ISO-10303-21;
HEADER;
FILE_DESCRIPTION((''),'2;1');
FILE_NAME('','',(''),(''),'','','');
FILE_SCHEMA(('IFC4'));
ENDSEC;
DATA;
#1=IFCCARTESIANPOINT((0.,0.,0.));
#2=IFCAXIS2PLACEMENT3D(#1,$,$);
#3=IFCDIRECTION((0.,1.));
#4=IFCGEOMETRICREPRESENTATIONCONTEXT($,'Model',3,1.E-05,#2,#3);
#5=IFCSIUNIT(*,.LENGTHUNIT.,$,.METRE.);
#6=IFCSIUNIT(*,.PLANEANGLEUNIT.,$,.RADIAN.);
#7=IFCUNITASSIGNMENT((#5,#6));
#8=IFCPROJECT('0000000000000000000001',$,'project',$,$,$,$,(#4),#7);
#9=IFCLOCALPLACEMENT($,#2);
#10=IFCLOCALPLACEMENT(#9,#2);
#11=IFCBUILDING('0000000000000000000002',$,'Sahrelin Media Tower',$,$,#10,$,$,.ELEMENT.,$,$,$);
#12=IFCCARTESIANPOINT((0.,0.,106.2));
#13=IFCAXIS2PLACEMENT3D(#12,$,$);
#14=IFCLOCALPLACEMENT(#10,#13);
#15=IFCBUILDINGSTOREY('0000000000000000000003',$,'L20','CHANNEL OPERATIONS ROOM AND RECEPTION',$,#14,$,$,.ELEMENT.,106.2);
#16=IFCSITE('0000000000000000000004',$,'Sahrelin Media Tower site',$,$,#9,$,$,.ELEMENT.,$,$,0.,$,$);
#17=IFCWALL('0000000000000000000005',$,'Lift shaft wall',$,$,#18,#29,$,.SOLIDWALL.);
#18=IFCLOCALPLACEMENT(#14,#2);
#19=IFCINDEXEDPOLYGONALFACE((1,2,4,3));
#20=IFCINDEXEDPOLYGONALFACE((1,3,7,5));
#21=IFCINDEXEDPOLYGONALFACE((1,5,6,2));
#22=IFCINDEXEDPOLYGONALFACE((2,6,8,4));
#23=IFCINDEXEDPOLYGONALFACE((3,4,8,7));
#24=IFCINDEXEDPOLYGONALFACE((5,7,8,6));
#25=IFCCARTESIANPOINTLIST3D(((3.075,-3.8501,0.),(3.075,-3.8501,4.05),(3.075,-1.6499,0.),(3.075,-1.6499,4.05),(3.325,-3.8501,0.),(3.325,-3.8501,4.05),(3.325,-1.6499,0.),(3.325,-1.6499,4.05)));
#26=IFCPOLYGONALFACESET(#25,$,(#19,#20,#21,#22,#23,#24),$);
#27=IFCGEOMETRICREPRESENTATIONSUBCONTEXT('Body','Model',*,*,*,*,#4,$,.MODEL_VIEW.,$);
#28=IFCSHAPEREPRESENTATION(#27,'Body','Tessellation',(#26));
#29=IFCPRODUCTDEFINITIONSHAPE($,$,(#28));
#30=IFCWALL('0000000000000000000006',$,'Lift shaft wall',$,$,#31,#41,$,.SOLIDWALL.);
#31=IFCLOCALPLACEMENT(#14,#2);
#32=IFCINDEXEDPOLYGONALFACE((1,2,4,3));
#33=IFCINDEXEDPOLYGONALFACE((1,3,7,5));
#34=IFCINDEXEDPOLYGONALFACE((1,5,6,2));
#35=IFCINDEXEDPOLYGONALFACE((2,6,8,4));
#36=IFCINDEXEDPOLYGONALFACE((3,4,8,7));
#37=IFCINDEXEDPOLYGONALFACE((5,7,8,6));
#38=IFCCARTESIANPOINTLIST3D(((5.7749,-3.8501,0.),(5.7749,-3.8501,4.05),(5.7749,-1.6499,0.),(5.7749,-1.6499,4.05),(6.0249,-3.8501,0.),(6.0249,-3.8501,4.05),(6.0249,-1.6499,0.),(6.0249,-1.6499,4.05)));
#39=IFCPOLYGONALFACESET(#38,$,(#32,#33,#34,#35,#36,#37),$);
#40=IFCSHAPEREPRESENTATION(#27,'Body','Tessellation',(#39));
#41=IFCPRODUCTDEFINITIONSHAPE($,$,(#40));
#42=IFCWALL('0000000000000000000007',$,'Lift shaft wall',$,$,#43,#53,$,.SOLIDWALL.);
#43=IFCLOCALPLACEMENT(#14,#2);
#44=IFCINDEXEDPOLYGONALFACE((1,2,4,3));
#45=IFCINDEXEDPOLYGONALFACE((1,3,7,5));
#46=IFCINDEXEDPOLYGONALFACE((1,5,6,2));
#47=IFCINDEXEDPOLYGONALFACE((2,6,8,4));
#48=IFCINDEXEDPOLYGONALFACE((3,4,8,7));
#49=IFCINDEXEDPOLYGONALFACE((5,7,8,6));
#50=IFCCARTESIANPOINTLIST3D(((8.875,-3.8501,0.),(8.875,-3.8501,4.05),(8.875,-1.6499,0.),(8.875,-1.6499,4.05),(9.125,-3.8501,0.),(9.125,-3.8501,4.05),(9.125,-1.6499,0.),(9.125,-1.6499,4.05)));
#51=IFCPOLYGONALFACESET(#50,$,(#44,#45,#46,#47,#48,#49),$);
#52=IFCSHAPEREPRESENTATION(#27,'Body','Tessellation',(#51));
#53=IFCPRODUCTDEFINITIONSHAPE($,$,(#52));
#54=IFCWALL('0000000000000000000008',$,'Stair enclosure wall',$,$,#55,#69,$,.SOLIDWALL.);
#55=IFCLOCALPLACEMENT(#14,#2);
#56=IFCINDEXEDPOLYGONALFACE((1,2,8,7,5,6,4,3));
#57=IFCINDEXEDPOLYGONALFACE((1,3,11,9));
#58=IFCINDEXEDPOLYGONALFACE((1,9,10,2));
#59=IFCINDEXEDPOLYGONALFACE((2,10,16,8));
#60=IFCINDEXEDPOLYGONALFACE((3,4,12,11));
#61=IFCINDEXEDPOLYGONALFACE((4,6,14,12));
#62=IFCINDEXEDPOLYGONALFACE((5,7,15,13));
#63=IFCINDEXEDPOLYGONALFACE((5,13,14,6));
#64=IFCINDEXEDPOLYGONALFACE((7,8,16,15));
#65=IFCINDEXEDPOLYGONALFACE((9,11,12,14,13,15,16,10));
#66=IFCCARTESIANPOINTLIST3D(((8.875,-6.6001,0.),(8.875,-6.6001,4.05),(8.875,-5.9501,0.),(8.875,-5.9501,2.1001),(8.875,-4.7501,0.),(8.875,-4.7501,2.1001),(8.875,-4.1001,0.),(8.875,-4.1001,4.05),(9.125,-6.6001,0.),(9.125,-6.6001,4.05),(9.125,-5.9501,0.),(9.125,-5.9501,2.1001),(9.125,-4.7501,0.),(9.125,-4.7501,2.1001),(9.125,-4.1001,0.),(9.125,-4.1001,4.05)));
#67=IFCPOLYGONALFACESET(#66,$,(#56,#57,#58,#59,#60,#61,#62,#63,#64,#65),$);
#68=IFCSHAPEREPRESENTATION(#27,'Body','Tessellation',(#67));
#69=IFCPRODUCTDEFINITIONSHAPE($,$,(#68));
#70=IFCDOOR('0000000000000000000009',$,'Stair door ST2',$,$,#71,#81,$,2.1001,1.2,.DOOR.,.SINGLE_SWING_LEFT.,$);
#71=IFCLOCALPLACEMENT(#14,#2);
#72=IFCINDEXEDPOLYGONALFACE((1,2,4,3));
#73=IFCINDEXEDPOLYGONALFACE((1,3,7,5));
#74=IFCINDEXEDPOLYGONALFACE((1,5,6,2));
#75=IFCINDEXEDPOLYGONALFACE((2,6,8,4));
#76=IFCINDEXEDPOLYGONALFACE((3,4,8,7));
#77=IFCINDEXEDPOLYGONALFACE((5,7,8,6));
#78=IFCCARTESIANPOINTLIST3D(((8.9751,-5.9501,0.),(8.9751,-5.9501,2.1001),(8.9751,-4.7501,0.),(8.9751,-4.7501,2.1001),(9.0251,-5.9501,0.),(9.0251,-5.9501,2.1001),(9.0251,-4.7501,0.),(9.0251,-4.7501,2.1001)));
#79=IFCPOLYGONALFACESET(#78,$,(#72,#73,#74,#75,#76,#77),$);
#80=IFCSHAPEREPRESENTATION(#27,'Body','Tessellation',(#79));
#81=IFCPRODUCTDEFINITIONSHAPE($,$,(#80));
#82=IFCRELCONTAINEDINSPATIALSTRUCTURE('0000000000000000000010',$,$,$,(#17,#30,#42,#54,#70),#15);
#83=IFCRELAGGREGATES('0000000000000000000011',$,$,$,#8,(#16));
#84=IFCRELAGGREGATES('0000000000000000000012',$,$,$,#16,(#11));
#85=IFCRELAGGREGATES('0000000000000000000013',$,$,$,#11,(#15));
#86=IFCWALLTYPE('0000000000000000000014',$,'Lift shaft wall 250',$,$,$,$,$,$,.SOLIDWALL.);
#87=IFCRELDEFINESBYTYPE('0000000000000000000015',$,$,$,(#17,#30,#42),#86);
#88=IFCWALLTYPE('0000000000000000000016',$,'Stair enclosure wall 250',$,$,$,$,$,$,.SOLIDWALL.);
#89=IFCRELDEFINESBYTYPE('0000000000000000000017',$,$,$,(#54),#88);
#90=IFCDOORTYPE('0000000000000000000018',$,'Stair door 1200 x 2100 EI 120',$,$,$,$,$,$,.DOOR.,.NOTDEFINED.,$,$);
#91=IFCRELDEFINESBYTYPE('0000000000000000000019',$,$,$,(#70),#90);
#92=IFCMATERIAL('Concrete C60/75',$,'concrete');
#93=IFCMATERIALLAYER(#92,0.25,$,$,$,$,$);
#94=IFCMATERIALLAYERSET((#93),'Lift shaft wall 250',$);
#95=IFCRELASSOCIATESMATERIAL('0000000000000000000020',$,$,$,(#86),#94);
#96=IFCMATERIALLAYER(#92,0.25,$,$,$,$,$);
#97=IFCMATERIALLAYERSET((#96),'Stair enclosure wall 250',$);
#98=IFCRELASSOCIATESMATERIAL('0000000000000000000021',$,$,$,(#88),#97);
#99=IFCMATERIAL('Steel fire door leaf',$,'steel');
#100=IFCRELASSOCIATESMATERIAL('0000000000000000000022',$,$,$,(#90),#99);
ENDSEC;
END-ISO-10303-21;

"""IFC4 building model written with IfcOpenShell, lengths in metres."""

from ifc_helpers import new_model, si_unit, direction, frame, frame_2d, origin, place, context, subcontext, project, spatial, rectangle, extrude, material, layer, layer_set, type_object, element, fill, save


model = new_model("IFC4")

# Units and contexts
model_context = context("Model", 3, precision=1e-05, world=origin(), true_north=direction((0.0, 1.0)))
body_context = subcontext(model_context, "Body", "Model", "MODEL_VIEW")
ifc_project = project(units=[si_unit("LENGTHUNIT", "METRE"), si_unit("PLANEANGLEUNIT", "RADIAN")], contexts=[model_context])

# Site, building, storey
site_placement = place(None, origin())
site = spatial("IfcSite", under=ifc_project, at=site_placement, Name="Sahrelin Media Tower site", CompositionType="ELEMENT", RefElevation=0.0)
building_placement = place(site_placement, origin())
building = spatial("IfcBuilding", under=site, at=building_placement, Name="Sahrelin Media Tower", CompositionType="ELEMENT")
storey_placement = place(building_placement, frame((0.0, 0.0, 106.2)))
storey = spatial("IfcBuildingStorey", under=building, at=storey_placement, Name="L20", Description="CHANNEL OPERATIONS ROOM AND RECEPTION", CompositionType="ELEMENT", Elevation=106.2)

# Walls
ifc_material_1 = material(Name="Concrete C60/75", Category="concrete")
ifc_layer_1 = layer(ifc_material_1, 0.25)
ifc_layer_set_1 = layer_set([ifc_layer_1], Name="Lift shaft wall 250")
wall_type_1 = type_object("IfcWallType", Name="Lift shaft wall 250", PredefinedType="SOLIDWALL", material=ifc_layer_set_1)
for number, where, z_axis, x_axis, name in (
    (1, (3.2, -3.8501, 0.0), (0.0, 0.0, 1.0), (0.0, 1.0, 0.0), "Lift shaft wall"),
    (2, (5.8999, -3.8501, 0.0), (0.0, 0.0, 1.0), (0.0, 1.0, 0.0), "Lift shaft wall"),
    (3, (9.0, -3.8501, 0.0), (0.0, 0.0, 1.0), (0.0, 1.0, 0.0), "Lift shaft wall"),
):
    element("IfcWall", number, at=place(storey_placement, frame(where, z_axis=z_axis, x_axis=x_axis)), inside=storey, type_object=wall_type_1, Name=name, PredefinedType="SOLIDWALL", context=body_context, shape_type="SweptSolid", body=[
        extrude(rectangle(XDim=2.2002, YDim=0.25, at=frame_2d((1.1001, 0.0))), origin(), (0.0, 0.0, 1.0), 4.05),
    ])

# Wall, opening, door
ifc_layer_2 = layer(ifc_material_1, 0.25)
ifc_layer_set_2 = layer_set([ifc_layer_2], Name="Stair enclosure wall 250")
wall_type_2 = type_object("IfcWallType", Name="Stair enclosure wall 250", PredefinedType="SOLIDWALL", material=ifc_layer_set_2)
wall_1_placement = place(storey_placement, frame((9.0, -6.6001, 0.0), z_axis=(0.0, 0.0, 1.0), x_axis=(0.0, 1.0, 0.0)))
wall_1 = element("IfcWall", 4, at=wall_1_placement, inside=storey, type_object=wall_type_2, Name="Stair enclosure wall", PredefinedType="SOLIDWALL", context=body_context, shape_type="SweptSolid", body=[
    extrude(rectangle(XDim=2.5, YDim=0.25, at=frame_2d((1.25, 0.0))), origin(), (0.0, 0.0, 1.0), 4.05),
])
opening_placement = place(wall_1_placement, frame((0.6499, 0.0, 0.0)))
opening = element("IfcOpeningElement", 5, at=opening_placement, cuts=wall_1, PredefinedType="OPENING", context=body_context, shape_type="SweptSolid", body=[
    extrude(rectangle(XDim=1.2, YDim=2.1001, at=frame_2d((0.6001, 1.05))), frame((0.0, 0.125, 0.0), z_axis=(0.0, -1.0, 0.0), x_axis=(1.0, 0.0, 0.0)), (0.0, 0.0, 1.0), 0.25),
])
ifc_material_2 = material(Name="Steel fire door leaf", Category="steel")
door_type = type_object("IfcDoorType", Name="Stair door 1200 x 2100 EI 120", OperationType="NOTDEFINED", PredefinedType="DOOR", material=ifc_material_2)
door_placement = place(opening_placement, origin())
door = element("IfcDoor", 6, at=door_placement, inside=storey, type_object=door_type, Name="Stair door ST2", OperationType="SINGLE_SWING_LEFT", OverallHeight=2.1001, OverallWidth=1.2, PredefinedType="DOOR", context=body_context, shape_type="SweptSolid", body=[
    extrude(rectangle(XDim=1.2, YDim=2.1001, at=frame_2d((0.6001, 1.05))), frame((0.0, 0.0249, 0.0), z_axis=(0.0, -1.0, 0.0), x_axis=(1.0, 0.0, 0.0)), (0.0, 0.0, 1.0), 0.05),
])
fill(opening, door)

save(model, "model.ifc")
